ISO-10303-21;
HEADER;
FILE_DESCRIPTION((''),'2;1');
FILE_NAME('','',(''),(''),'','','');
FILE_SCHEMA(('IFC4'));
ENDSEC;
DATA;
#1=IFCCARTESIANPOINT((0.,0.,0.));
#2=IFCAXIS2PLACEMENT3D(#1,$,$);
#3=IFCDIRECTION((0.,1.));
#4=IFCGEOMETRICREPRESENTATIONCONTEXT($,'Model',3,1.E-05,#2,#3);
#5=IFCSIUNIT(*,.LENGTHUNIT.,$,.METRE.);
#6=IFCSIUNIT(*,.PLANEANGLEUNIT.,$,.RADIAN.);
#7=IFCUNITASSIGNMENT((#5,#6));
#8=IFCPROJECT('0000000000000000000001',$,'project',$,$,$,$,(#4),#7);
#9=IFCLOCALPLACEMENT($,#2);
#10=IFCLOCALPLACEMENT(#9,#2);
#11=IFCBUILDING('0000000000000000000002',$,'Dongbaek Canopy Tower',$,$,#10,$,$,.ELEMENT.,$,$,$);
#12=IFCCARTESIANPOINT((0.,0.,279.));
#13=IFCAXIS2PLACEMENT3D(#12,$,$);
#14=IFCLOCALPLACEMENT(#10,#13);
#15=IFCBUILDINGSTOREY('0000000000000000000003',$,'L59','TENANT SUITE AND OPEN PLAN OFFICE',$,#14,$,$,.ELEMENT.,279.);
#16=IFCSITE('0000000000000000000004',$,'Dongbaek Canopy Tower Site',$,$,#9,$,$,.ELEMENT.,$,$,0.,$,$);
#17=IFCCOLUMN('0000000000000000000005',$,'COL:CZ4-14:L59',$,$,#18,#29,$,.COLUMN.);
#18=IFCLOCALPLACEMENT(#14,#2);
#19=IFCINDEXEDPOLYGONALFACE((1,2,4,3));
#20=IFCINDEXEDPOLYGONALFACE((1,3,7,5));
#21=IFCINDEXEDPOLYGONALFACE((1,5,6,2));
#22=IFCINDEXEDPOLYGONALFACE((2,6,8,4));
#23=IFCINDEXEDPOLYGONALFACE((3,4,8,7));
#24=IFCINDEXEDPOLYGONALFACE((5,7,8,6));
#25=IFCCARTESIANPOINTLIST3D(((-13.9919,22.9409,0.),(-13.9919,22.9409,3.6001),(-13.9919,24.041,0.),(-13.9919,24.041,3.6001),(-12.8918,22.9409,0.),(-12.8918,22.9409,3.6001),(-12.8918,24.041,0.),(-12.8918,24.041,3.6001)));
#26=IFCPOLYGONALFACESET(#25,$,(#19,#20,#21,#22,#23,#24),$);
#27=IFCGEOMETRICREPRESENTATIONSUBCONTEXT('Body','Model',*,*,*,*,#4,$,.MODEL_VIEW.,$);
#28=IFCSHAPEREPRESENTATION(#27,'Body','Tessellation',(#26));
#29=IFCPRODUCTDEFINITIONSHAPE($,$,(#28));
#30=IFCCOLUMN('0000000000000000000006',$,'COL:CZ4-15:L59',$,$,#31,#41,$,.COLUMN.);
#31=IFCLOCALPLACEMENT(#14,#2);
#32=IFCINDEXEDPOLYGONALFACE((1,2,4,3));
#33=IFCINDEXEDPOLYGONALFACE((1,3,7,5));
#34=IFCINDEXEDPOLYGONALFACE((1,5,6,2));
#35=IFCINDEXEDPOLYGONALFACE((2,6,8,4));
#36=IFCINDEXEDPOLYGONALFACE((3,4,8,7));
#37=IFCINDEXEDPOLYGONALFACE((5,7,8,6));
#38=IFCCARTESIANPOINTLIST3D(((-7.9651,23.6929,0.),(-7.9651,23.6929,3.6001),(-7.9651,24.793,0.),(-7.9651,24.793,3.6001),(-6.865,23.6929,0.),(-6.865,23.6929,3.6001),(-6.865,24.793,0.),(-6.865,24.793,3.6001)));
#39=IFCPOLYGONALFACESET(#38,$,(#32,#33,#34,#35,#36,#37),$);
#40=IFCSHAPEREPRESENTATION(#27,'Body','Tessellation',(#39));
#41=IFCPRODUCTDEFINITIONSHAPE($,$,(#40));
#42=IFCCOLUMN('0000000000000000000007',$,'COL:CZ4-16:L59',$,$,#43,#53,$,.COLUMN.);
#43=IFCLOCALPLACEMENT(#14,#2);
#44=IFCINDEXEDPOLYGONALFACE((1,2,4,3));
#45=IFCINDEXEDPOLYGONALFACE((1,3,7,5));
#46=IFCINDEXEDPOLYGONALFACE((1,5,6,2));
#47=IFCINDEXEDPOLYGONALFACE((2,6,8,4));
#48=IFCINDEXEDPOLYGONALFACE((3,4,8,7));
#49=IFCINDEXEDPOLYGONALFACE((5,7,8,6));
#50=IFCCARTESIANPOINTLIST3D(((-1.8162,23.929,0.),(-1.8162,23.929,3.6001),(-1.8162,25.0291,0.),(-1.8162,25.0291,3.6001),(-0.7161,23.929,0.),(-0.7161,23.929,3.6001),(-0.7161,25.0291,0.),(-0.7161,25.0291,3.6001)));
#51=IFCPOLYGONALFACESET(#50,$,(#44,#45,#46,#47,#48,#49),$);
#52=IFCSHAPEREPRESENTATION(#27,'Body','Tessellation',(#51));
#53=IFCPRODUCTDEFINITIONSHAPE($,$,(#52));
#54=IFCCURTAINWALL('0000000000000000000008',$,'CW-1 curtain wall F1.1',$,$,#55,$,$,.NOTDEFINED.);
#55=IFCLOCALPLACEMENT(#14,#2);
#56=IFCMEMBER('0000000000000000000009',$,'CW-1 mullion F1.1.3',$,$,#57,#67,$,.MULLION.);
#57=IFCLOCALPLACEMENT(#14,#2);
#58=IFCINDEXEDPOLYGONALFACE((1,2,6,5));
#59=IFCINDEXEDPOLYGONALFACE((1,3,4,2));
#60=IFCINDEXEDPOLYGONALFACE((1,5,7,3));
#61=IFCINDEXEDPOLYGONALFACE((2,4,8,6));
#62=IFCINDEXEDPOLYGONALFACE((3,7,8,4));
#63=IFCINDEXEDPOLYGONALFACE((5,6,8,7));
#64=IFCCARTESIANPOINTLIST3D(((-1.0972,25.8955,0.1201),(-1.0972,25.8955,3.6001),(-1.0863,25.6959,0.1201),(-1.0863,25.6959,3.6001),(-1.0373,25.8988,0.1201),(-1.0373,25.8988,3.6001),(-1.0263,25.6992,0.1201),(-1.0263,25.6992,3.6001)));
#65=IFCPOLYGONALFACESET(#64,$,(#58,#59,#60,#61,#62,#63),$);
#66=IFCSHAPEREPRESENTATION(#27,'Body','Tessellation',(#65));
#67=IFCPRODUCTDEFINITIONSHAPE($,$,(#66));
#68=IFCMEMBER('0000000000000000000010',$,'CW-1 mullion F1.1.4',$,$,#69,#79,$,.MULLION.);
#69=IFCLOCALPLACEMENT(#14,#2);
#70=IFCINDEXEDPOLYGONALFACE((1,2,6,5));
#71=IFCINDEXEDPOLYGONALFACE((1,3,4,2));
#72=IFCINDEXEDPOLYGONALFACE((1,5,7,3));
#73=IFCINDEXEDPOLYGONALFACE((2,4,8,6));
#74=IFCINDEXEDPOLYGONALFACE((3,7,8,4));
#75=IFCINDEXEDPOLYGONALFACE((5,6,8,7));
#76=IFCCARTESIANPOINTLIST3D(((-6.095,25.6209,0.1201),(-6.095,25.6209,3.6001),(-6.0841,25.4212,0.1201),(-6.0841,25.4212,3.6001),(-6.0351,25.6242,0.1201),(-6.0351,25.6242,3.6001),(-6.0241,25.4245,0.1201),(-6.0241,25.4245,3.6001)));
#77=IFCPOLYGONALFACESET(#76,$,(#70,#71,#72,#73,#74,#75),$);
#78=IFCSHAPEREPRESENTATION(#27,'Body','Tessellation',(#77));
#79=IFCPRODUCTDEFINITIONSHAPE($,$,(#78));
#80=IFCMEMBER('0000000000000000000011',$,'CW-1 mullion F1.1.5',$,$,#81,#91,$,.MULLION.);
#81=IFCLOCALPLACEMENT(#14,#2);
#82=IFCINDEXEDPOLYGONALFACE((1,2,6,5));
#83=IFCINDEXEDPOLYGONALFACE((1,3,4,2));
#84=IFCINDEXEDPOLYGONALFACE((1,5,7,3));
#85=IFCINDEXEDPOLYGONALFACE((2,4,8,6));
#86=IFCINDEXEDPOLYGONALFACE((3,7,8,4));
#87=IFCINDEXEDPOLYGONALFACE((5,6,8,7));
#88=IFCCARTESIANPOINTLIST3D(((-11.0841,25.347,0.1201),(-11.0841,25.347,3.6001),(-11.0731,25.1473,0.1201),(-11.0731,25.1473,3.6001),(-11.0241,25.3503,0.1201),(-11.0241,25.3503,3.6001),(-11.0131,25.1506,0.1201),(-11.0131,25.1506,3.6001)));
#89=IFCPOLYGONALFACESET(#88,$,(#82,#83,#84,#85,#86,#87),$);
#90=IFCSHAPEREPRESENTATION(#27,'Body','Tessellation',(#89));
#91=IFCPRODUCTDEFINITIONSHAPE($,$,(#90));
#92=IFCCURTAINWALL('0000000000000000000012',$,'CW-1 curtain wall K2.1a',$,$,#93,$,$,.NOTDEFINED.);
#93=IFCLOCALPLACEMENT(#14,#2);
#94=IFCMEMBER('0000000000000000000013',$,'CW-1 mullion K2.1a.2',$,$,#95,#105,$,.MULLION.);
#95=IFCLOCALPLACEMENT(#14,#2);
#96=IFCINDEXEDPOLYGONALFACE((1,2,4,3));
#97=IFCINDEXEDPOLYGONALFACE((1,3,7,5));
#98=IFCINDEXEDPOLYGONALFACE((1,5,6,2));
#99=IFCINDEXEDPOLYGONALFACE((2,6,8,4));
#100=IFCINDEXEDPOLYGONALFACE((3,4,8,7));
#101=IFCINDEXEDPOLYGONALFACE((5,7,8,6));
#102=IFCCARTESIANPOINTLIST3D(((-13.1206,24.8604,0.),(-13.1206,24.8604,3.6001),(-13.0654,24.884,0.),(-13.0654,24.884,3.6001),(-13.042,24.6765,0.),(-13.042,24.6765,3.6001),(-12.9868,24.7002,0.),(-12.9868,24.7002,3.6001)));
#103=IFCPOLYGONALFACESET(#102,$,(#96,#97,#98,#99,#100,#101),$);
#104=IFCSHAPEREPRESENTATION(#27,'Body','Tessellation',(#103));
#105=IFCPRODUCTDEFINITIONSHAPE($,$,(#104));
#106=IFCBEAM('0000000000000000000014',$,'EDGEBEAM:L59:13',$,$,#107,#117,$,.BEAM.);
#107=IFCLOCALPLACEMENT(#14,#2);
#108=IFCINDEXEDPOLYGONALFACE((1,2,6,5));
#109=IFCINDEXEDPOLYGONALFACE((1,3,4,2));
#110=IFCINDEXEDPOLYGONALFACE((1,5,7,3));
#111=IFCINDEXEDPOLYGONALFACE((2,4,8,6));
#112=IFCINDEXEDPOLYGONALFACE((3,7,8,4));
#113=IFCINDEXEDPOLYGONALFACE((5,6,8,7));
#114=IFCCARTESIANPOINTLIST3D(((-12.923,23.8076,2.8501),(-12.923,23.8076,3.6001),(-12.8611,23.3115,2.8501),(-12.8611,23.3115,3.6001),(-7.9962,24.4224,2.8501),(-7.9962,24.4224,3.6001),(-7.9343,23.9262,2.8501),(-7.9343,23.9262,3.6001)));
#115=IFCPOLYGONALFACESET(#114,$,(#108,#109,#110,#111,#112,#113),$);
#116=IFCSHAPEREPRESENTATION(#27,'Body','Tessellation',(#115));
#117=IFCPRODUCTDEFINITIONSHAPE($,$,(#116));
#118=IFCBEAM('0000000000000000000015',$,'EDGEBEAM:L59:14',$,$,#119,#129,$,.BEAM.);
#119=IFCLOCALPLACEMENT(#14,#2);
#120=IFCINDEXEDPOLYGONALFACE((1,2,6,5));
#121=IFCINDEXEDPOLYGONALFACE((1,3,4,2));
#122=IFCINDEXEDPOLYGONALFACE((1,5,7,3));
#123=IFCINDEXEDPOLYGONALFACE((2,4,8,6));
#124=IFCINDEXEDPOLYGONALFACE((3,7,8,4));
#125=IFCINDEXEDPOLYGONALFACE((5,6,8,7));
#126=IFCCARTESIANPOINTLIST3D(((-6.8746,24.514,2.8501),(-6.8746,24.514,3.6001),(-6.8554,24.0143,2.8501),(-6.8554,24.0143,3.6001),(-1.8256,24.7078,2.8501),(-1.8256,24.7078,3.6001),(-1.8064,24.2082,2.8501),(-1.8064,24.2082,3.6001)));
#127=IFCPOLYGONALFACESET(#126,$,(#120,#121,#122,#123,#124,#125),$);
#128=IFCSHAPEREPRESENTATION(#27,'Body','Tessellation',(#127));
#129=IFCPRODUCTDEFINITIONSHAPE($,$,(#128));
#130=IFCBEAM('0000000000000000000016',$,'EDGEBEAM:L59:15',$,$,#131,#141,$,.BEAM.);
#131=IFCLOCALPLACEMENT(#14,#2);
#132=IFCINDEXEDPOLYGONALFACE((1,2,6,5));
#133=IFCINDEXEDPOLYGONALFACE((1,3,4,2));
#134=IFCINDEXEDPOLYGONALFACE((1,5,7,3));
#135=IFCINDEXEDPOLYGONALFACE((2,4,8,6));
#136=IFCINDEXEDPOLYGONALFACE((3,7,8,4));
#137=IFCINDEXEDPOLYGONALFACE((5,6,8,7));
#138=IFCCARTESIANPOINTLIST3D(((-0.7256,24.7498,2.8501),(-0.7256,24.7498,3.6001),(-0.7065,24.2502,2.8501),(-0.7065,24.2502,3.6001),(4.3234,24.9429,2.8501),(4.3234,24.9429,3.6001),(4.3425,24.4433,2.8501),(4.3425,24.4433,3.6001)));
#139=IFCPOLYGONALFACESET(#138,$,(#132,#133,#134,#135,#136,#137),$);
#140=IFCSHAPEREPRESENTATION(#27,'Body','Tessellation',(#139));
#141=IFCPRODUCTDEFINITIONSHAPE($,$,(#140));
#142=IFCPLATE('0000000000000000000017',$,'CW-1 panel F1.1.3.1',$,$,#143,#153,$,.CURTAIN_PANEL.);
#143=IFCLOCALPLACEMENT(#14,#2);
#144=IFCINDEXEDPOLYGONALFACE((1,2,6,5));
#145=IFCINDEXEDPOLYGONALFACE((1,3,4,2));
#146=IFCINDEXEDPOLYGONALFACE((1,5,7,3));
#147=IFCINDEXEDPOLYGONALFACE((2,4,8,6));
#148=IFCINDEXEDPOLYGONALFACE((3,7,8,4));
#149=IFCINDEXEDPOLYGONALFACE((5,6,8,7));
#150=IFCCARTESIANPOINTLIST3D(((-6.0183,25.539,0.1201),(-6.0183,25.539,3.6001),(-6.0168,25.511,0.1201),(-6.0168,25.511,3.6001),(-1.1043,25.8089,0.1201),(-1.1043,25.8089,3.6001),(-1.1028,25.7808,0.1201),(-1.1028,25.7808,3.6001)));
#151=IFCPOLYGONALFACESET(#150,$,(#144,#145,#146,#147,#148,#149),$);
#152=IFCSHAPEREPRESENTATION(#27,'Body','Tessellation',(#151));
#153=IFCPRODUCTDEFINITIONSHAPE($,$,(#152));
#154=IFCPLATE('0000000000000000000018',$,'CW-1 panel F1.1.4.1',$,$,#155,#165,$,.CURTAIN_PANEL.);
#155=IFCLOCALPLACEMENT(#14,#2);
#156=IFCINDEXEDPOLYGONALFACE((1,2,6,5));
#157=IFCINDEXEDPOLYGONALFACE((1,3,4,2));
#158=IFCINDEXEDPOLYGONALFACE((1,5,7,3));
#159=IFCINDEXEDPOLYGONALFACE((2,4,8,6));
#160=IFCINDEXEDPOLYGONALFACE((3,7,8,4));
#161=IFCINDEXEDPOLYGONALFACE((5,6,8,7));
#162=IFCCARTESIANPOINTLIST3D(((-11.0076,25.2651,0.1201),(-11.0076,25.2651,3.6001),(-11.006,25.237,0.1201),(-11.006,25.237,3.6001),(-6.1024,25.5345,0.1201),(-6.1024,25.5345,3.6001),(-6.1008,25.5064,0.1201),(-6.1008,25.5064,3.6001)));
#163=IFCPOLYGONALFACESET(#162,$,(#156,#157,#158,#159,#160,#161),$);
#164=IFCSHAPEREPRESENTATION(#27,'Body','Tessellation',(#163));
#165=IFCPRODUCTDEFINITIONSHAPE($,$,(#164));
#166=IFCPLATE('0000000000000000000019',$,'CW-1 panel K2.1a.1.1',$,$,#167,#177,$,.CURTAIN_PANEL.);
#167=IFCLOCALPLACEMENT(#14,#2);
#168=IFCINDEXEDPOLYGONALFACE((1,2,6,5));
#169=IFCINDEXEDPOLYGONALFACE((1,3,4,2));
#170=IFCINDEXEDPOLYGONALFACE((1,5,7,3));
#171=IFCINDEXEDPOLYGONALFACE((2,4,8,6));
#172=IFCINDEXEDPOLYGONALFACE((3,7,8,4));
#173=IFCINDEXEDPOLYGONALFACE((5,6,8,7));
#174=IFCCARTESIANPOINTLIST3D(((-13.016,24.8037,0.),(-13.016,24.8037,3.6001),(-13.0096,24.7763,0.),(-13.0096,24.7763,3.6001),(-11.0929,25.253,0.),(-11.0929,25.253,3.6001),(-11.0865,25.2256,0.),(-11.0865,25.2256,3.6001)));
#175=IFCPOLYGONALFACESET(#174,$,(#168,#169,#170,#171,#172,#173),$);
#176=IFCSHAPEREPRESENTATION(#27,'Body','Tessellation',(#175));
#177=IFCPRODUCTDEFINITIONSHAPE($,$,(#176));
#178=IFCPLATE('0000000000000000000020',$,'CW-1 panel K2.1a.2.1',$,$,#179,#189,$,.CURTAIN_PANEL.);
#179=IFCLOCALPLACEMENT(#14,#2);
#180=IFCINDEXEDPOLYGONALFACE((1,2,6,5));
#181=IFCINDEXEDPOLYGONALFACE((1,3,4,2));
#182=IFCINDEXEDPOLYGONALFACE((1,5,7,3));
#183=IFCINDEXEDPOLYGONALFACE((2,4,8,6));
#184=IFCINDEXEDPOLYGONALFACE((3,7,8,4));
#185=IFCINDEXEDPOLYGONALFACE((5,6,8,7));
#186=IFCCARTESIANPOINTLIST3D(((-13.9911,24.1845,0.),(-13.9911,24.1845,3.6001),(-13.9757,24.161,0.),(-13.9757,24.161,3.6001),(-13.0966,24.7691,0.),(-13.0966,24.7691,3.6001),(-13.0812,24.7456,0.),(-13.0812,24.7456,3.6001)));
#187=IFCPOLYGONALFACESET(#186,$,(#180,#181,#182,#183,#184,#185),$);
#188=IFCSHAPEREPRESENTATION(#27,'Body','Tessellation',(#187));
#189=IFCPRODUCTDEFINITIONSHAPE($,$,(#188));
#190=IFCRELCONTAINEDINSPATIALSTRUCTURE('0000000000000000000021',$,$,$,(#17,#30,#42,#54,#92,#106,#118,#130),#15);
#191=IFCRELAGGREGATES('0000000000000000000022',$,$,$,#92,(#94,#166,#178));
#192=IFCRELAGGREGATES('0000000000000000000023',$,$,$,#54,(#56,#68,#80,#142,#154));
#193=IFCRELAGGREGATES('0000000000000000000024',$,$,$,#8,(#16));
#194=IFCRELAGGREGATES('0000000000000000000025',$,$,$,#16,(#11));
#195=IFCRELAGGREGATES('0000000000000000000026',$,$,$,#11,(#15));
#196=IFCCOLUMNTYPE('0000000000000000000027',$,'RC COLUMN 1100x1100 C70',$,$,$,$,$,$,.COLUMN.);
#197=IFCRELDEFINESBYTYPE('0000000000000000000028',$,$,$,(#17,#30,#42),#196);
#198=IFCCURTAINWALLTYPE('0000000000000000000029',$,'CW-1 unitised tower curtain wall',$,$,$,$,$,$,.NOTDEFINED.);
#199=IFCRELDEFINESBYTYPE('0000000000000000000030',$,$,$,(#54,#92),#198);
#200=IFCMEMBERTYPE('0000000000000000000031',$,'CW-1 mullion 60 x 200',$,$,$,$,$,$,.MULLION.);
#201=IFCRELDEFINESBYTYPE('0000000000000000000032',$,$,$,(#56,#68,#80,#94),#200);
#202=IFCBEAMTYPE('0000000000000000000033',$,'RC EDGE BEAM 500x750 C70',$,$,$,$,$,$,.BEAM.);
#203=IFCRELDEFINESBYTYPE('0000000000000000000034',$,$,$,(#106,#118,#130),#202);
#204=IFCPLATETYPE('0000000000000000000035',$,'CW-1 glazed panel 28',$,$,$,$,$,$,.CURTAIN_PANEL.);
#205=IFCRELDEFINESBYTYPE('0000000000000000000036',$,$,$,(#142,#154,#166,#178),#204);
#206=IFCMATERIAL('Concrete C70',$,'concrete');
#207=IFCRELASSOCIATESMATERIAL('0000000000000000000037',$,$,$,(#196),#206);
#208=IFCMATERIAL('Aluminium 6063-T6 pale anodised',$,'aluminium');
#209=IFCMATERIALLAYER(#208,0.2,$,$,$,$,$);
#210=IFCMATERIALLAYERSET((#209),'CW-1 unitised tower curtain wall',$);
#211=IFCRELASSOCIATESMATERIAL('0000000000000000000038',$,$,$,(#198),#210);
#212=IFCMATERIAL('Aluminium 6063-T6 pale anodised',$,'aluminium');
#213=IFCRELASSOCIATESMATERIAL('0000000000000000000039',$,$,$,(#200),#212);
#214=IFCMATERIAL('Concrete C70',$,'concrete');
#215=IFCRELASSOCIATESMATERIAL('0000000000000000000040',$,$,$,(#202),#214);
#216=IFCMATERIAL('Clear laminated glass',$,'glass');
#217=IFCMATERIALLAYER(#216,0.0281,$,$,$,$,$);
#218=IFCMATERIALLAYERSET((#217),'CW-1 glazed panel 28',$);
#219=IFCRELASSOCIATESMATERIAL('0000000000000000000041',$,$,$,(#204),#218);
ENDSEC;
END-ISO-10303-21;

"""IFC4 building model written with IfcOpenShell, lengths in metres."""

from ifc_helpers import new_model, si_unit, direction, frame, origin, origin_2d, place, context, subcontext, project, spatial, rectangle, extrude, material, layer, layer_set, material_profile, profile_set, type_object, element, aggregate, save


model = new_model("IFC4")

# Units and contexts
model_context = context("Model", 3, precision=1e-05, world=origin(), true_north=direction((0.0, 1.0)))
body_context = subcontext(model_context, "Body", "Model", "MODEL_VIEW")
ifc_project = project(units=[si_unit("LENGTHUNIT", "METRE"), si_unit("PLANEANGLEUNIT", "RADIAN")], contexts=[model_context])

# Site, building, storey
site_placement = place(None, origin())
site = spatial("IfcSite", under=ifc_project, at=site_placement, Name="Dongbaek Canopy Tower Site", CompositionType="ELEMENT", RefElevation=0.0)
building_placement = place(site_placement, origin())
building = spatial("IfcBuilding", under=site, at=building_placement, Name="Dongbaek Canopy Tower", CompositionType="ELEMENT")
storey_placement = place(building_placement, frame((0.0, 0.0, 279.0)))
storey = spatial("IfcBuildingStorey", under=building, at=storey_placement, Name="L59", Description="TENANT SUITE AND OPEN PLAN OFFICE", CompositionType="ELEMENT", Elevation=279.0)

# Columns
ifc_material_1 = material(Name="Concrete C70", Category="concrete")
ifc_material_profile_1 = material_profile(ifc_material_1, rectangle(XDim=1.1001, YDim=1.1001, at=origin_2d()), Name="RC COLUMN 1100x1100 C70")
ifc_profile_set_1 = profile_set([ifc_material_profile_1], Name="Concrete C70")
column_type = type_object("IfcColumnType", Name="RC COLUMN 1100x1100 C70", PredefinedType="COLUMN", material=ifc_profile_set_1)
for number, where, z_axis, x_axis, name in (
    (1, (-13.4419, 23.491, 0.0), (0.0, 0.0, 1.0), (1.0, 0.0, 0.0), "COL:CZ4-14:L59"),
    (2, (-7.415, 24.2429, 0.0), (0.0, 0.0, 1.0), (1.0, 0.0, 0.0), "COL:CZ4-15:L59"),
    (3, (-1.2661, 24.479, 0.0), (0.0, 0.0, 1.0), (1.0, 0.0, 0.0), "COL:CZ4-16:L59"),
):
    element("IfcColumn", number, at=place(storey_placement, frame(where, z_axis=z_axis, x_axis=x_axis)), inside=storey, type_object=column_type, Name=name, PredefinedType="COLUMN", context=body_context, shape_type="SweptSolid", body=[
        extrude(rectangle(XDim=1.1001, YDim=1.1001, at=origin_2d()), origin(), (0.0, 0.0, 1.0), 3.6001),
    ])

# Curtain wall, members
ifc_material_2 = material(Name="Aluminium 6063-T6 pale anodised", Category="aluminium")
ifc_layer_1 = layer(ifc_material_2, 0.2)
ifc_layer_set_1 = layer_set([ifc_layer_1], Name="CW-1 unitised tower curtain wall")
curtain_wall_type = type_object("IfcCurtainWallType", Name="CW-1 unitised tower curtain wall", PredefinedType="NOTDEFINED", material=ifc_layer_set_1)
curtain_wall_1_placement = place(storey_placement, origin())
curtain_wall_1 = element("IfcCurtainWall", 4, at=curtain_wall_1_placement, inside=storey, type_object=curtain_wall_type, Name="CW-1 curtain wall F1.1", PredefinedType="NOTDEFINED")
ifc_material_3 = material(Name="Aluminium 6063-T6 pale anodised", Category="aluminium")
ifc_material_profile_2 = material_profile(ifc_material_3, rectangle(XDim=0.2, YDim=0.0601, at=origin_2d()), Name="CW-1 mullion 60 x 200")
ifc_profile_set_2 = profile_set([ifc_material_profile_2], Name="Aluminium 6063-T6 pale anodised")
member_type = type_object("IfcMemberType", Name="CW-1 mullion 60 x 200", PredefinedType="MULLION", material=ifc_profile_set_2)
member_1_placement = place(storey_placement, frame((-1.0618, 25.7974, 0.1201), z_axis=(0.0, 0.0, 1.0), x_axis=(-0.054836, 0.998495, 0.0)))
member_1 = element("IfcMember", 5, at=member_1_placement, type_object=member_type, Name="CW-1 mullion F1.1.3", PredefinedType="MULLION", context=body_context, shape_type="SweptSolid", body=[
    extrude(rectangle(XDim=0.2, YDim=0.0601, at=origin_2d()), origin(), (0.0, 0.0, 1.0), 3.48),
])
member_2_placement = place(storey_placement, frame((-6.0596, 25.5227, 0.1201), z_axis=(0.0, 0.0, 1.0), x_axis=(-0.054836, 0.998495, 0.0)))
member_2 = element("IfcMember", 6, at=member_2_placement, type_object=member_type, Name="CW-1 mullion F1.1.4", PredefinedType="MULLION", context=body_context, shape_type="SweptSolid", body=[
    extrude(rectangle(XDim=0.2, YDim=0.0601, at=origin_2d()), origin(), (0.0, 0.0, 1.0), 3.48),
])
member_3_placement = place(storey_placement, frame((-11.0486, 25.2488, 0.1201), z_axis=(0.0, 0.0, 1.0), x_axis=(-0.054836, 0.998495, 0.0)))
member_3 = element("IfcMember", 7, at=member_3_placement, type_object=member_type, Name="CW-1 mullion F1.1.5", PredefinedType="MULLION", context=body_context, shape_type="SweptSolid", body=[
    extrude(rectangle(XDim=0.2, YDim=0.0601, at=origin_2d()), origin(), (0.0, 0.0, 1.0), 3.48),
])

# Curtain wall, member
curtain_wall_2_placement = place(storey_placement, origin())
curtain_wall_2 = element("IfcCurtainWall", 8, at=curtain_wall_2_placement, inside=storey, type_object=curtain_wall_type, Name="CW-1 curtain wall K2.1a", PredefinedType="NOTDEFINED")
member_4_placement = place(storey_placement, frame((-13.0537, 24.7803, 0.0), z_axis=(0.0, 0.0, 1.0), x_axis=(-0.393279, 0.919419, 0.0)))
member_4 = element("IfcMember", 9, at=member_4_placement, type_object=member_type, Name="CW-1 mullion K2.1a.2", PredefinedType="MULLION", context=body_context, shape_type="SweptSolid", body=[
    extrude(rectangle(XDim=0.2, YDim=0.0601, at=origin_2d()), origin(), (0.0, 0.0, 1.0), 3.6001),
])

# Beams
ifc_material_4 = material(Name="Concrete C70", Category="concrete")
ifc_material_profile_3 = material_profile(ifc_material_4, rectangle(XDim=0.5, YDim=0.75, at=origin_2d()), Name="RC EDGE BEAM 500x750 C70")
ifc_profile_set_3 = profile_set([ifc_material_profile_3], Name="Concrete C70")
beam_type = type_object("IfcBeamType", Name="RC EDGE BEAM 500x750 C70", PredefinedType="BEAM", material=ifc_profile_set_3)
beam_placement = place(storey_placement, frame((-12.8921, 23.5596, 3.2251), z_axis=(0.992306, 0.123811, 0.0), x_axis=(-0.123811, 0.992306, 0.0)))
element("IfcBeam", 10, at=beam_placement, inside=storey, type_object=beam_type, Name="EDGEBEAM:L59:13", PredefinedType="BEAM", context=body_context, shape_type="SweptSolid", body=[
    extrude(rectangle(XDim=0.5, YDim=0.75, at=origin_2d()), origin(), (0.0, 0.0, 1.0), 4.9651),
])
for number, where, z_axis, x_axis, name in (
    (11, (-6.865, 24.2642, 3.2251), (0.999264, 0.038364, 0.0), (-0.038364, 0.999264, 0.0), "EDGEBEAM:L59:14"),
    (12, (-0.7161, 24.5, 3.2251), (0.999269, 0.03822, 0.0), (-0.03822, 0.999269, 0.0), "EDGEBEAM:L59:15"),
):
    element("IfcBeam", number, at=place(storey_placement, frame(where, z_axis=z_axis, x_axis=x_axis)), inside=storey, type_object=beam_type, Name=name, PredefinedType="BEAM", context=body_context, shape_type="SweptSolid", body=[
        extrude(rectangle(XDim=0.5, YDim=0.75, at=origin_2d()), origin(), (0.0, 0.0, 1.0), 5.0527),
    ])

# Plates
ifc_material_5 = material(Name="Clear laminated glass", Category="glass")
ifc_layer_2 = layer(ifc_material_5, 0.0281)
ifc_layer_set_2 = layer_set([ifc_layer_2], Name="CW-1 glazed panel 28")
plate_type = type_object("IfcPlateType", Name="CW-1 glazed panel 28", PredefinedType="CURTAIN_PANEL", material=ifc_layer_set_2)
plate_1_placement = place(storey_placement, frame((-3.5605, 25.6599, 0.1201), z_axis=(0.0, 0.0, 1.0), x_axis=(-0.998495, -0.054836, 0.0)))
plate_1 = element("IfcPlate", 13, at=plate_1_placement, type_object=plate_type, Name="CW-1 panel F1.1.3.1", PredefinedType="CURTAIN_PANEL", context=body_context, shape_type="SweptSolid", body=[
    extrude(rectangle(XDim=4.9214, YDim=0.0281, at=origin_2d()), origin(), (0.0, 0.0, 1.0), 3.48),
])
plate_2_placement = place(storey_placement, frame((-8.5542, 25.3857, 0.1201), z_axis=(0.0, 0.0, 1.0), x_axis=(-0.998495, -0.054836, 0.0)))
plate_2 = element("IfcPlate", 14, at=plate_2_placement, type_object=plate_type, Name="CW-1 panel F1.1.4.1", PredefinedType="CURTAIN_PANEL", context=body_context, shape_type="SweptSolid", body=[
    extrude(rectangle(XDim=4.9126, YDim=0.0281, at=origin_2d()), origin(), (0.0, 0.0, 1.0), 3.48),
])
plate_3_placement = place(storey_placement, frame((-12.0513, 25.0146, 0.0), z_axis=(0.0, 0.0, 1.0), x_axis=(-0.973774, -0.227519, 0.0)))
plate_3 = element("IfcPlate", 15, at=plate_3_placement, type_object=plate_type, Name="CW-1 panel K2.1a.1.1", PredefinedType="CURTAIN_PANEL", context=body_context, shape_type="SweptSolid", body=[
    extrude(rectangle(XDim=1.9749, YDim=0.0281, at=origin_2d()), origin(), (0.0, 0.0, 1.0), 3.6001),
])
plate_4_placement = place(storey_placement, frame((-13.5361, 24.4651, 0.0), z_axis=(0.0, 0.0, 1.0), x_axis=(-0.837086, -0.547071, 0.0)))
plate_4 = element("IfcPlate", 16, at=plate_4_placement, type_object=plate_type, Name="CW-1 panel K2.1a.2.1", PredefinedType="CURTAIN_PANEL", context=body_context, shape_type="SweptSolid", body=[
    extrude(rectangle(XDim=1.0686, YDim=0.0281, at=origin_2d()), origin(), (0.0, 0.0, 1.0), 3.6001),
])
aggregate(curtain_wall_2, [member_4, plate_3, plate_4])

aggregate(curtain_wall_1, [member_1, member_2, member_3, plate_1, plate_2])

save(model, "model.ifc")
